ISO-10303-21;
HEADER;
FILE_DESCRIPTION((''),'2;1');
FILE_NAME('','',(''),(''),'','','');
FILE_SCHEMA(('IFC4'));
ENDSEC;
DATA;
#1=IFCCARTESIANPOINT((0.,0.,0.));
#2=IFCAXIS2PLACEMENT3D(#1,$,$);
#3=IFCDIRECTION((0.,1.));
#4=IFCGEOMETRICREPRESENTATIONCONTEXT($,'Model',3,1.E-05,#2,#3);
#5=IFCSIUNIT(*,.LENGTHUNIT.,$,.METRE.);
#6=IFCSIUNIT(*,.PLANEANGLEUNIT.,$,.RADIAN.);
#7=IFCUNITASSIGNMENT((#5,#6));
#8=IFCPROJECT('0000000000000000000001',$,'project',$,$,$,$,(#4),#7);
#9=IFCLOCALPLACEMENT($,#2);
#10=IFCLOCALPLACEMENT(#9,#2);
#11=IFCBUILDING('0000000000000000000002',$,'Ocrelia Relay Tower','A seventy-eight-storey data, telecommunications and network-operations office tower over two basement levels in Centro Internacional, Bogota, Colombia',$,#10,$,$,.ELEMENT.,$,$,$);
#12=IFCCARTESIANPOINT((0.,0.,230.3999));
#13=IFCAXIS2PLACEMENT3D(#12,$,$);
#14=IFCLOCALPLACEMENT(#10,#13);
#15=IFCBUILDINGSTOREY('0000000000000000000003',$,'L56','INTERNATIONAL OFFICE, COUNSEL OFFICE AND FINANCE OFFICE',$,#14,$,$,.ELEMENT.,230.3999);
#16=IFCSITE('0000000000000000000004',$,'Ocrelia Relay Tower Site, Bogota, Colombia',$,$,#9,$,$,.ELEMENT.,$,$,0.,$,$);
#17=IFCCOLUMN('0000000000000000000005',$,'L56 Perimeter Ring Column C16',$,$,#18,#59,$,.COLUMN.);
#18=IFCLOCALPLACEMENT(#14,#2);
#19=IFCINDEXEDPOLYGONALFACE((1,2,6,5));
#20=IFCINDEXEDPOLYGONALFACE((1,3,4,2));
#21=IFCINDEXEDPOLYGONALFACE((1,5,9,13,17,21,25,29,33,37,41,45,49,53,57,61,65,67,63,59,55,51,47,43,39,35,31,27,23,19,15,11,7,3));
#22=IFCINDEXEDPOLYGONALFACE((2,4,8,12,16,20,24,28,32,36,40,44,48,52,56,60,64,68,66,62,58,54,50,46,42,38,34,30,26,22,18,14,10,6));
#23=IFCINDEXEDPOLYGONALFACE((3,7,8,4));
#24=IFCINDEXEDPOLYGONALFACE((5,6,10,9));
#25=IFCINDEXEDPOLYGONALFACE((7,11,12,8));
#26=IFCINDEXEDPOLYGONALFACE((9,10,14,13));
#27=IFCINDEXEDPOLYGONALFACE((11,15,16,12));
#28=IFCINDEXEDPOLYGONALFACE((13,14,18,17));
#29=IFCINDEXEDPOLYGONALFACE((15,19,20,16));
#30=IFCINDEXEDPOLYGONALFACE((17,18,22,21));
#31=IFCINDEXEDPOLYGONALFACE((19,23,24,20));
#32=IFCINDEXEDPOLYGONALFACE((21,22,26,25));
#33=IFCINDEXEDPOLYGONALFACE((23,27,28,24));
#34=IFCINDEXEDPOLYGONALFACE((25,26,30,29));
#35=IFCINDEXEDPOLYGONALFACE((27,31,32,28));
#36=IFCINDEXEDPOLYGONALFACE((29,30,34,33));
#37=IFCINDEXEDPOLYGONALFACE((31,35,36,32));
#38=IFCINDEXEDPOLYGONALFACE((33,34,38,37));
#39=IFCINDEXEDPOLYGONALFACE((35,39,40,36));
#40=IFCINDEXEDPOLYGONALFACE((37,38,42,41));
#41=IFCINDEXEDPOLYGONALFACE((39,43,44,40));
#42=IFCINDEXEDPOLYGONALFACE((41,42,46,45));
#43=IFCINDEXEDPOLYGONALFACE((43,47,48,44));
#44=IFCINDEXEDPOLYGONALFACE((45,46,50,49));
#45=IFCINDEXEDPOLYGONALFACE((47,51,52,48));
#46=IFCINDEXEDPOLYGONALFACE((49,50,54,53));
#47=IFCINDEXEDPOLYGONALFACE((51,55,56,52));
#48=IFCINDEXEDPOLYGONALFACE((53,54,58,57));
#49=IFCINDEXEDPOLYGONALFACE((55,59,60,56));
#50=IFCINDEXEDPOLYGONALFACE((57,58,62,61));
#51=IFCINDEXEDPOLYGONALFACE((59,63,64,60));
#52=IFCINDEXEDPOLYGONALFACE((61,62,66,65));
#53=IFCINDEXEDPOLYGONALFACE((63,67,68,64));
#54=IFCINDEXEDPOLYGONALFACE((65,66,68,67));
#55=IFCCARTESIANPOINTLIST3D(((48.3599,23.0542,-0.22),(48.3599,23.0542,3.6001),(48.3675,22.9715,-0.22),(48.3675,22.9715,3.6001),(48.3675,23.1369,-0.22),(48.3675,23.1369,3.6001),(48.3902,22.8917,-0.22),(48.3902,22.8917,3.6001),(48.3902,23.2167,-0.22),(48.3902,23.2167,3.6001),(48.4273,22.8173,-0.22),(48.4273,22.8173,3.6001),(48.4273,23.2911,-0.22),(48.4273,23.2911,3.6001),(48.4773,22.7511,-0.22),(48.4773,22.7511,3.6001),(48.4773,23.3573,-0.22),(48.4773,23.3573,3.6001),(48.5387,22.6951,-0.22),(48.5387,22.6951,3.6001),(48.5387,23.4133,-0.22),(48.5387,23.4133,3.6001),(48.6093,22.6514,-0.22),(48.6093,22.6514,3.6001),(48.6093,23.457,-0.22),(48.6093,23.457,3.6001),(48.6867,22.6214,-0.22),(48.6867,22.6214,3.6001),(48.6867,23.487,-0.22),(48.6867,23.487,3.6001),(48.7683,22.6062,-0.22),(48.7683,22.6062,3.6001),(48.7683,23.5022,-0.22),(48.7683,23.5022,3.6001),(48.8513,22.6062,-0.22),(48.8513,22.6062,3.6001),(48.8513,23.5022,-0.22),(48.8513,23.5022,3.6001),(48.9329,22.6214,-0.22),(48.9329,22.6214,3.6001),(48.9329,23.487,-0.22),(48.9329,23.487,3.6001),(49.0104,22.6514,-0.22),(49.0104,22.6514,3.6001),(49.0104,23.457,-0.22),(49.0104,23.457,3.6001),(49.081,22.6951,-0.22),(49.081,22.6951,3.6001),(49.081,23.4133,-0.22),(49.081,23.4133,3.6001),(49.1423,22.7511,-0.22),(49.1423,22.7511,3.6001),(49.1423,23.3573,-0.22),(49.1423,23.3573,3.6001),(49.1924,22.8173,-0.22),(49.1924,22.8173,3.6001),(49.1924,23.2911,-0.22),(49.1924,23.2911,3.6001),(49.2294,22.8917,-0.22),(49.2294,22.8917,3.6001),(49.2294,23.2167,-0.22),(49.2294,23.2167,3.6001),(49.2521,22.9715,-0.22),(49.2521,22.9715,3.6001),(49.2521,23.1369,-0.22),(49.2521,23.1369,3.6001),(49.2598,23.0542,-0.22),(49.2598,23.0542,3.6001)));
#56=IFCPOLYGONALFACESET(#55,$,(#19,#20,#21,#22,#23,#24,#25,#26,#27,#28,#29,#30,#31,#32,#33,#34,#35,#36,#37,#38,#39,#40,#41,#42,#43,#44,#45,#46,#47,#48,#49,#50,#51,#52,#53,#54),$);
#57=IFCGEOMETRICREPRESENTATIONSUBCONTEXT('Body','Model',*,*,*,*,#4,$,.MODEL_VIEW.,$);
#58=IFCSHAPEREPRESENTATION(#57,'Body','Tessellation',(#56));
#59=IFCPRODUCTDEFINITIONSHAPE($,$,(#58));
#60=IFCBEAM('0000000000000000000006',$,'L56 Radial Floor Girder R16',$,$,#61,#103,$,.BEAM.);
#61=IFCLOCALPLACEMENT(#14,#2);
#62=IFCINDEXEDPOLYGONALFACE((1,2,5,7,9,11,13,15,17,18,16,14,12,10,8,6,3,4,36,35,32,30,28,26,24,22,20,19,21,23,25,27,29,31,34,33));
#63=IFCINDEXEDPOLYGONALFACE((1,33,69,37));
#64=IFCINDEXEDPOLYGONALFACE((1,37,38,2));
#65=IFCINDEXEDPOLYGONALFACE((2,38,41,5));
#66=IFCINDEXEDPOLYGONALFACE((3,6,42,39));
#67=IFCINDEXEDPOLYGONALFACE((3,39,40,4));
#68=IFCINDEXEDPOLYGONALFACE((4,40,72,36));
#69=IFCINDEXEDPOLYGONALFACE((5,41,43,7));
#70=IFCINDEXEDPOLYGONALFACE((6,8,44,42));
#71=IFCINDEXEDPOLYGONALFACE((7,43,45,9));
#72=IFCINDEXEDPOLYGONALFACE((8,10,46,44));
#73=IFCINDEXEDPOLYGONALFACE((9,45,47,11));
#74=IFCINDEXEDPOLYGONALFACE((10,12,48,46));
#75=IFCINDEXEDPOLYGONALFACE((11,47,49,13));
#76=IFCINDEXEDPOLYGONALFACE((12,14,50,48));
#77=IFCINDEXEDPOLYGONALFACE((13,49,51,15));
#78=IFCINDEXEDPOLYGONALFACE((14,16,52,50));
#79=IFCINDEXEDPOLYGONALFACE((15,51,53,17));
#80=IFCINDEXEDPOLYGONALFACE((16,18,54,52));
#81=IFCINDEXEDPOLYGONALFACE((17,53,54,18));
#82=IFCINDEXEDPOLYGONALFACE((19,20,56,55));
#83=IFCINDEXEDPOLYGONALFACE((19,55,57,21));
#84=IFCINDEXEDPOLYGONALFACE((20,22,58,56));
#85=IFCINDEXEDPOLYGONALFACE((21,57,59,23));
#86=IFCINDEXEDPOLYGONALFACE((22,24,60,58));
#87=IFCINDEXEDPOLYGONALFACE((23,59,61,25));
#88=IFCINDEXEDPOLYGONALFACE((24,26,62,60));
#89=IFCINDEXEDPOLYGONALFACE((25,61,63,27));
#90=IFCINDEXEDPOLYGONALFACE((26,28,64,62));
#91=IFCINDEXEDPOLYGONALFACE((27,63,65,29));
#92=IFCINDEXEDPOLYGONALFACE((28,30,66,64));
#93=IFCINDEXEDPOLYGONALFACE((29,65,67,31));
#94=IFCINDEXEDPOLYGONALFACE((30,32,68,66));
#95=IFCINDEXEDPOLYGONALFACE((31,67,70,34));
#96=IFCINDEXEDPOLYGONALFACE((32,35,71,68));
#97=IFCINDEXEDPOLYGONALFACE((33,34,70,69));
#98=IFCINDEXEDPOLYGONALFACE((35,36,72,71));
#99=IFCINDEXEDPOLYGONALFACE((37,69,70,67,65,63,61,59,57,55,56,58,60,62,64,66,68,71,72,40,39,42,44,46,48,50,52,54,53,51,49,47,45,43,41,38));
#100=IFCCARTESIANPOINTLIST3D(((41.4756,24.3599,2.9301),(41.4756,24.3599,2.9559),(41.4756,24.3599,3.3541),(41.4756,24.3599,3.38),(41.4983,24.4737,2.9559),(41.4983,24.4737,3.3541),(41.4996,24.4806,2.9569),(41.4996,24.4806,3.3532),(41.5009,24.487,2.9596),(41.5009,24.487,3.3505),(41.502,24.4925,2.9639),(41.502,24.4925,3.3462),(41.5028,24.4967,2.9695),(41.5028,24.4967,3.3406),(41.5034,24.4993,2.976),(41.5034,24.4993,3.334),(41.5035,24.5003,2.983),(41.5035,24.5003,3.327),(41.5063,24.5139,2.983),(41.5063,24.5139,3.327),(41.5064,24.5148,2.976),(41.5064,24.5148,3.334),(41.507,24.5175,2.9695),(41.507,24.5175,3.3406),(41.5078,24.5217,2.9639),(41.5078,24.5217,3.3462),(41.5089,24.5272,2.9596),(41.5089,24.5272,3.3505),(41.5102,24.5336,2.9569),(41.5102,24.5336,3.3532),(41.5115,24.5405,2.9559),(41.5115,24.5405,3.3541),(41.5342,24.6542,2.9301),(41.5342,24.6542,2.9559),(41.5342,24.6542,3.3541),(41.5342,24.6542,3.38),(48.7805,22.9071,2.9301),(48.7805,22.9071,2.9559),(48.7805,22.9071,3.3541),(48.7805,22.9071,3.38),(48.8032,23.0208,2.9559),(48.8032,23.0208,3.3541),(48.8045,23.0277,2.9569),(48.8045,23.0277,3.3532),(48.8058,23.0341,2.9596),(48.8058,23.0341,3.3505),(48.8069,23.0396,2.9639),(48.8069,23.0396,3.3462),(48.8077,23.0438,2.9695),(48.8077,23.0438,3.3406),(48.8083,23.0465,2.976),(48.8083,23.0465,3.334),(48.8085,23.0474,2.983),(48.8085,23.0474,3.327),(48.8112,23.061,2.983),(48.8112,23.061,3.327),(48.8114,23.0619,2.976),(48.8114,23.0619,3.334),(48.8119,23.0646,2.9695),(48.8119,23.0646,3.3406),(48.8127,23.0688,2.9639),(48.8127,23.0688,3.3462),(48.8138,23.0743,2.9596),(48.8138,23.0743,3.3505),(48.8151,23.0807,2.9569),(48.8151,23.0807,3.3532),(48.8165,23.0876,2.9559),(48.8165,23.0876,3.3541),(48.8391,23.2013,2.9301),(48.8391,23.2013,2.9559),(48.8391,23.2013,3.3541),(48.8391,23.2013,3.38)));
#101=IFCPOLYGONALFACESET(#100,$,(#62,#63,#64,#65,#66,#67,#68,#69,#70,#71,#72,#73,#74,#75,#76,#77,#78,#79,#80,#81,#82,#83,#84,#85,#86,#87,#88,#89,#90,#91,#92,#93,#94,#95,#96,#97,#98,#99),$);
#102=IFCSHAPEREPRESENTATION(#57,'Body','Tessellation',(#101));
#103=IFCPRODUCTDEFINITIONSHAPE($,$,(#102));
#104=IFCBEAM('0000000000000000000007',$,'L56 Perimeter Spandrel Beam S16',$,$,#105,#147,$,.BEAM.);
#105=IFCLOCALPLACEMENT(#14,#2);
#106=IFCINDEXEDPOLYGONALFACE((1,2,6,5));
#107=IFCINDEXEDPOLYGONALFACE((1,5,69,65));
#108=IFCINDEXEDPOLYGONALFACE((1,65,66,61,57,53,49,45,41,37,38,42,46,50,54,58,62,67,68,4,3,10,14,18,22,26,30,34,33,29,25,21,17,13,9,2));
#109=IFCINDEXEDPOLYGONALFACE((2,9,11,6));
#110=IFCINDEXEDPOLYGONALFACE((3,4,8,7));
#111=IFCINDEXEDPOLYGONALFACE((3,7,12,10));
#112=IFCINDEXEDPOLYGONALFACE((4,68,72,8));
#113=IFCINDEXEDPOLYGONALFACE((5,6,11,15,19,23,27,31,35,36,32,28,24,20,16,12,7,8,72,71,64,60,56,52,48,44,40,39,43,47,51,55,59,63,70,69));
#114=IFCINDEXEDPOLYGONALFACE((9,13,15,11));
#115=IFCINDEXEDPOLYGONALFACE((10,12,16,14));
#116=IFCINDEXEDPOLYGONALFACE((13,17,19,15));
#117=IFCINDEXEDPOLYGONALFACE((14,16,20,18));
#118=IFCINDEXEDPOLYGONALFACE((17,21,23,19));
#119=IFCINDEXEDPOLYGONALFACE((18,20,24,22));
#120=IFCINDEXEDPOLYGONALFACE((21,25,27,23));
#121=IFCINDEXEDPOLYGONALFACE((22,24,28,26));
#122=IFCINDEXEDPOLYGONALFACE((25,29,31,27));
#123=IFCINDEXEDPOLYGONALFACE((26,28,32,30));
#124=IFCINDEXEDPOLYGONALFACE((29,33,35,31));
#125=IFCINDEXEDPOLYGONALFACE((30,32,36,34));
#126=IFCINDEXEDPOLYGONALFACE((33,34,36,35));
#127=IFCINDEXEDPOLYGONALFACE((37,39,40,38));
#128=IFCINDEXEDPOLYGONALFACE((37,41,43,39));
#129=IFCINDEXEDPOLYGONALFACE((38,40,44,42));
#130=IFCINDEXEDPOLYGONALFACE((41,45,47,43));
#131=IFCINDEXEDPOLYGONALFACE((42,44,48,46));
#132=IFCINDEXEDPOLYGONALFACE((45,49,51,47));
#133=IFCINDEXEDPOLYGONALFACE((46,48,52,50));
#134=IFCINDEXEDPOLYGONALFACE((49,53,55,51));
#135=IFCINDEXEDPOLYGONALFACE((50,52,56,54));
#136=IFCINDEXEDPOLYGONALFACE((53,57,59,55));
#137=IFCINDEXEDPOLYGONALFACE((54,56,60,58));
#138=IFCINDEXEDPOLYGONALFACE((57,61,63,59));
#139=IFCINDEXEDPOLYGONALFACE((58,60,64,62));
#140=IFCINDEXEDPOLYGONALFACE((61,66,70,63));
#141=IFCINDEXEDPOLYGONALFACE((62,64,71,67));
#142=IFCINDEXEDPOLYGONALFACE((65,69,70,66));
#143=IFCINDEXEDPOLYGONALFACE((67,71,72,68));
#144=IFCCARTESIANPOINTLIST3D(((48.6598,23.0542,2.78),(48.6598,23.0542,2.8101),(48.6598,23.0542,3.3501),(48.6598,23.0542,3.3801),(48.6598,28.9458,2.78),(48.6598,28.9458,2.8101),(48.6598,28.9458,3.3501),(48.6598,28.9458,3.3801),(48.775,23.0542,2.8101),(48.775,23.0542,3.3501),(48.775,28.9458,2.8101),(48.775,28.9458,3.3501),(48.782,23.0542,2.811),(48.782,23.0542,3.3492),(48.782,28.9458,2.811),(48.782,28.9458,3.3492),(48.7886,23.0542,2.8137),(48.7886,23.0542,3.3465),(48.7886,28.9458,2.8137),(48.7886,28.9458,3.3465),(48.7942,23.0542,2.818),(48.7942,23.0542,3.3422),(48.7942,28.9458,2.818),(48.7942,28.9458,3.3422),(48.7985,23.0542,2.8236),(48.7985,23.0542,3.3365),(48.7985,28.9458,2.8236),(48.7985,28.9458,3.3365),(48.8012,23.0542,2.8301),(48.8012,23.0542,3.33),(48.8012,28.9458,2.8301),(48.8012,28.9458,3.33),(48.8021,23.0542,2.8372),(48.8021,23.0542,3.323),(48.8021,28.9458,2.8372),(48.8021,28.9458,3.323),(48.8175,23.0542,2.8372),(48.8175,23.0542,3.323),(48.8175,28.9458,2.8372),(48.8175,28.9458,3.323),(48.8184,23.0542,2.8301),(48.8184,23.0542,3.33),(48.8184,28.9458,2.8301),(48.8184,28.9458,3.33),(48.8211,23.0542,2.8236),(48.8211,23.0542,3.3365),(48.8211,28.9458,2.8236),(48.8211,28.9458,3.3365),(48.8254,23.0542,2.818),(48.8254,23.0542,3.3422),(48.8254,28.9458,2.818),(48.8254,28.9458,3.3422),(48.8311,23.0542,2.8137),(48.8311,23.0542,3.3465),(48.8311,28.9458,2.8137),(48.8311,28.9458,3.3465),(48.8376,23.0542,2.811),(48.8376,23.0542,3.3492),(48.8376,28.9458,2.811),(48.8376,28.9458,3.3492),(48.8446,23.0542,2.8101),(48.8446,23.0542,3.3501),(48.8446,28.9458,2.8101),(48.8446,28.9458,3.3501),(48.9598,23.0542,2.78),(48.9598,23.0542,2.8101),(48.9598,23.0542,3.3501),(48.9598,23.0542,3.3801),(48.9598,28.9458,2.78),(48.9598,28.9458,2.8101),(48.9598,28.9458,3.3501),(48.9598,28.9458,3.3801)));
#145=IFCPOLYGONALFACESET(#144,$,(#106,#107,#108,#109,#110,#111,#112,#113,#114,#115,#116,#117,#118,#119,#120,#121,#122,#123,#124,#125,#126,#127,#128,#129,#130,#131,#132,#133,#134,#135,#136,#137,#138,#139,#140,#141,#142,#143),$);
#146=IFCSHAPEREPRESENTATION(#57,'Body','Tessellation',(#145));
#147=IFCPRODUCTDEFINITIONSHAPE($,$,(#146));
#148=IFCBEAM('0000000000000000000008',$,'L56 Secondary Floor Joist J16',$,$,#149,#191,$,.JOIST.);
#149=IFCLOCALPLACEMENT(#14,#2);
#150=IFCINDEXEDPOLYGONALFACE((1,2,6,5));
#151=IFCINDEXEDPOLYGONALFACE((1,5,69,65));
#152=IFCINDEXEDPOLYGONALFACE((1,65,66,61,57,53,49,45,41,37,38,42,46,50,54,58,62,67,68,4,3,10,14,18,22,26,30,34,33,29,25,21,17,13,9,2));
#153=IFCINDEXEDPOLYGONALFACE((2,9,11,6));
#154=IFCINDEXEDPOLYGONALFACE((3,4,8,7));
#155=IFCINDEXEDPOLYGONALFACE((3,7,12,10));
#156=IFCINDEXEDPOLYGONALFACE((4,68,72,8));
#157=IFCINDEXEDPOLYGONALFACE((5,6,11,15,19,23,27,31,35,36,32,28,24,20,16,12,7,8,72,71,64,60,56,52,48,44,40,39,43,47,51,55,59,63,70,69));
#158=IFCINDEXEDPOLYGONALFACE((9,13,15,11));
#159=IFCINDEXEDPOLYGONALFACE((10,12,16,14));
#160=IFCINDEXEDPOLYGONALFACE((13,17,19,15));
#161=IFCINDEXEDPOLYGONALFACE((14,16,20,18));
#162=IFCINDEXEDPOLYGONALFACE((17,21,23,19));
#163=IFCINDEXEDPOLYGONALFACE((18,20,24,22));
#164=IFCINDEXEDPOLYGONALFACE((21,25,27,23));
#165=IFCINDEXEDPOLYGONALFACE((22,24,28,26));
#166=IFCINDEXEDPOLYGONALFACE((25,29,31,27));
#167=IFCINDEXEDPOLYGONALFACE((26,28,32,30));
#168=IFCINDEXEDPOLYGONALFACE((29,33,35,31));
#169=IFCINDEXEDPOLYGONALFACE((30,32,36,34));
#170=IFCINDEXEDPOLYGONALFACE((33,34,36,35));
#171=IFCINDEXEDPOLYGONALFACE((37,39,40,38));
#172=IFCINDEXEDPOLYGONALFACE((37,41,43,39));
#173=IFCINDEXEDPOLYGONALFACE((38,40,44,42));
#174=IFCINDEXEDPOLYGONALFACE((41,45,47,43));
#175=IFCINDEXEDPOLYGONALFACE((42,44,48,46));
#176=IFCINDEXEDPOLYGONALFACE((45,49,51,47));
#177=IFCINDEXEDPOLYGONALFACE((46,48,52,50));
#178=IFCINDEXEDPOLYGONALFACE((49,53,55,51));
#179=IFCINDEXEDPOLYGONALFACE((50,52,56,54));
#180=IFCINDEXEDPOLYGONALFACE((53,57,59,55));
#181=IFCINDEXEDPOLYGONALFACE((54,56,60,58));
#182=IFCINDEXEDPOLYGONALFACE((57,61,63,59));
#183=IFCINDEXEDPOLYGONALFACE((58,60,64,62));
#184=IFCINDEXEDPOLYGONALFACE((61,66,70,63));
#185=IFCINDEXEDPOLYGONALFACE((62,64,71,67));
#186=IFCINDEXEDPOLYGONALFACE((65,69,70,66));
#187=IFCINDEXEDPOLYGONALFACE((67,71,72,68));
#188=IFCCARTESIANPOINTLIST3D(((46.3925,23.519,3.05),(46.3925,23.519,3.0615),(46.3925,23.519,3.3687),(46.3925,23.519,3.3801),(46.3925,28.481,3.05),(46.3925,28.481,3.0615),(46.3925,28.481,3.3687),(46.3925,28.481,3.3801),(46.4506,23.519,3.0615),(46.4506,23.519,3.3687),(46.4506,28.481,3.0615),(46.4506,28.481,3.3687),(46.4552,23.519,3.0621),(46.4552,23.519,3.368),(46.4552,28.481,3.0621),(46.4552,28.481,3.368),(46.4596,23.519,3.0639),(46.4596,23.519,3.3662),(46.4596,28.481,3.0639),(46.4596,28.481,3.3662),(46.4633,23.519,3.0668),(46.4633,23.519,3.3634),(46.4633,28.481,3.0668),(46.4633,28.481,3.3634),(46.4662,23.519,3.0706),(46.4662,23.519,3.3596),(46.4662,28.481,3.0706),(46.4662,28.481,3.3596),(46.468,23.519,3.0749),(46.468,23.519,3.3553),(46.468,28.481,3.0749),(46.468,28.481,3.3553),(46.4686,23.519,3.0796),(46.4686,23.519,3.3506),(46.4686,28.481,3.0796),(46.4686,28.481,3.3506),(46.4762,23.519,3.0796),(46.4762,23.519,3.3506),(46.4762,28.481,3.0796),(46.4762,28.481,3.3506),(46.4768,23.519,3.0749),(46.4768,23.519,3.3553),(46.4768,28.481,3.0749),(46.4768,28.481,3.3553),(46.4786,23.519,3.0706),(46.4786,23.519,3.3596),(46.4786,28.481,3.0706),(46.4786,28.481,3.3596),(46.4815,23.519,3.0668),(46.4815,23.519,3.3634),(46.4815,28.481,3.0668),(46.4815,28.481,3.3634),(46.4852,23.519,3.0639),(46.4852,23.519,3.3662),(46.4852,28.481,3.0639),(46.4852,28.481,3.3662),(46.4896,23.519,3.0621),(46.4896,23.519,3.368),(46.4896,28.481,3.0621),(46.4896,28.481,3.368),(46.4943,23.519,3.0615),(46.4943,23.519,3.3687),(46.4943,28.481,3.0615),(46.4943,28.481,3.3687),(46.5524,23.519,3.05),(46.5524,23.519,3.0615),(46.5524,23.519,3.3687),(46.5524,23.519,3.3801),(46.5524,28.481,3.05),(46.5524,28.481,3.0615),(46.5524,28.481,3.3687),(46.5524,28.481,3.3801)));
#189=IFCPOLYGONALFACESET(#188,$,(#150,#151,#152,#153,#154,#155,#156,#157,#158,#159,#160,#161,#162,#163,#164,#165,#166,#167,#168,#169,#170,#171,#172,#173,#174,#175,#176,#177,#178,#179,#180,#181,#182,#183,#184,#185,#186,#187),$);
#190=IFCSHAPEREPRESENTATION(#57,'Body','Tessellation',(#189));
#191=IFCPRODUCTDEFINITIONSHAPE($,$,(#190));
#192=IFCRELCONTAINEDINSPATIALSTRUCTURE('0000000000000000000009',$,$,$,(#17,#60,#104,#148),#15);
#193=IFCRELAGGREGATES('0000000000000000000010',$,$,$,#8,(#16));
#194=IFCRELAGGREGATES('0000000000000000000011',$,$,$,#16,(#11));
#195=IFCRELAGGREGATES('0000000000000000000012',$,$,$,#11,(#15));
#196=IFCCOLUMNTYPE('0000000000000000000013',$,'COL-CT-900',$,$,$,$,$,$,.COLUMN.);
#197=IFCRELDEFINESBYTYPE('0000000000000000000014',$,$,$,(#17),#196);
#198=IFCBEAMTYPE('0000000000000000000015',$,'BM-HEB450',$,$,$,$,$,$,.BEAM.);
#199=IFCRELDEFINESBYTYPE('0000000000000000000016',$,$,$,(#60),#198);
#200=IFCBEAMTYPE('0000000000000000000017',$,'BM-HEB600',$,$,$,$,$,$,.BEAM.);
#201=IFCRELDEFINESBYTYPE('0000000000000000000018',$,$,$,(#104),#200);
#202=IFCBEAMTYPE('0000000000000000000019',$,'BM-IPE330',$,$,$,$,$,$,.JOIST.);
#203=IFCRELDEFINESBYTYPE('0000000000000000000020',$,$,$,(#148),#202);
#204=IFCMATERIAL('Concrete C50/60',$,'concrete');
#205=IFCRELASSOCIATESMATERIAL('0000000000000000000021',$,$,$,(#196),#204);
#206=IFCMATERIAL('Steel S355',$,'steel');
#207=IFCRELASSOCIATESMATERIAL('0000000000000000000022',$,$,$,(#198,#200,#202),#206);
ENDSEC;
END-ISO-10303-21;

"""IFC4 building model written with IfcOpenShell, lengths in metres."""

from ifc_helpers import new_model, si_unit, direction, frame, origin, origin_2d, place, context, subcontext, project, spatial, circle, i_section, extrude, material, material_profile, profile_set, type_object, element, save


model = new_model("IFC4")

# Units and contexts
model_context = context("Model", 3, precision=1e-05, world=origin(), true_north=direction((0.0, 1.0)))
body_context = subcontext(model_context, "Body", "Model", "MODEL_VIEW")
ifc_project = project(units=[si_unit("LENGTHUNIT", "METRE"), si_unit("PLANEANGLEUNIT", "RADIAN")], contexts=[model_context])

# Site, building, storey
site_placement = place(None, origin())
site = spatial("IfcSite", under=ifc_project, at=site_placement, Name="Ocrelia Relay Tower Site, Bogota, Colombia", CompositionType="ELEMENT", RefElevation=0.0)
building_placement = place(site_placement, origin())
building = spatial("IfcBuilding", under=site, at=building_placement, Name="Ocrelia Relay Tower", Description="A seventy-eight-storey data, telecommunications and network-operations office tower over two basement levels in Centro Internacional, Bogota, Colombia", CompositionType="ELEMENT")
storey_placement = place(building_placement, frame((0.0, 0.0, 230.3999)))
storey = spatial("IfcBuildingStorey", under=building, at=storey_placement, Name="L56", Description="INTERNATIONAL OFFICE, COUNSEL OFFICE AND FINANCE OFFICE", CompositionType="ELEMENT", Elevation=230.3999)

# Column
ifc_material_1 = material(Name="Concrete C50/60", Category="concrete")
ifc_material_profile_1 = material_profile(ifc_material_1, circle(Radius=0.45, at=origin_2d()), Name="RC-CIR-900")
ifc_profile_set_1 = profile_set([ifc_material_profile_1], Name="Concrete C50/60")
column_type = type_object("IfcColumnType", Name="COL-CT-900", PredefinedType="COLUMN", material=ifc_profile_set_1)
column_placement = place(storey_placement, frame((48.8098, 23.0542, -0.22), z_axis=(0.0, 0.0, 1.0), x_axis=(1.0, 0.0, 0.0)))
element("IfcColumn", 1, at=column_placement, inside=storey, type_object=column_type, Name="L56 Perimeter Ring Column C16", PredefinedType="COLUMN", context=body_context, shape_type="SweptSolid", body=[
    extrude(circle(Radius=0.45, at=origin_2d()), origin(), (0.0, 0.0, 1.0), 3.8201),
])

# Beams
ifc_material_2 = material(Name="Steel S355", Category="steel")
ifc_material_profile_2 = material_profile(ifc_material_2, i_section(OverallWidth=0.3, OverallDepth=0.45, WebThickness=0.0139, FlangeThickness=0.0259, FilletRadius=0.0271, at=origin_2d()), Name="HEB 450")
ifc_profile_set_2 = profile_set([ifc_material_profile_2], Name="Steel S355")
beam_type_1 = type_object("IfcBeamType", Name="BM-HEB450", PredefinedType="BEAM", material=ifc_profile_set_2)
beam_1_placement = place(storey_placement, frame((48.8098, 23.0542, 3.155), z_axis=(-0.980789, 0.19507, 0.0), x_axis=(-0.19507, -0.980789, 0.0)))
element("IfcBeam", 2, at=beam_1_placement, inside=storey, type_object=beam_type_1, Name="L56 Radial Floor Girder R16", PredefinedType="BEAM", context=body_context, shape_type="SweptSolid", body=[
    extrude(i_section(OverallWidth=0.3, OverallDepth=0.45, WebThickness=0.0139, FlangeThickness=0.0259, FilletRadius=0.0271, at=origin_2d()), origin(), (0.0, 0.0, 1.0), 7.448),
])
ifc_material_profile_3 = material_profile(ifc_material_2, i_section(OverallWidth=0.3, OverallDepth=0.6001, WebThickness=0.0154, FlangeThickness=0.03, FilletRadius=0.0271, at=origin_2d()), Name="HEB 600")
ifc_profile_set_3 = profile_set([ifc_material_profile_3], Name="Steel S355")
beam_type_2 = type_object("IfcBeamType", Name="BM-HEB600", PredefinedType="BEAM", material=ifc_profile_set_3)
beam_2_placement = place(storey_placement, frame((48.8098, 23.0542, 3.0801), z_axis=(0.0, 1.0, 0.0), x_axis=(-1.0, 0.0, 0.0)))
element("IfcBeam", 3, at=beam_2_placement, inside=storey, type_object=beam_type_2, Name="L56 Perimeter Spandrel Beam S16", PredefinedType="BEAM", context=body_context, shape_type="SweptSolid", body=[
    extrude(i_section(OverallWidth=0.3, OverallDepth=0.6001, WebThickness=0.0154, FlangeThickness=0.03, FilletRadius=0.0271, at=origin_2d()), origin(), (0.0, 0.0, 1.0), 5.8916),
])
ifc_material_profile_4 = material_profile(ifc_material_2, i_section(OverallWidth=0.1599, OverallDepth=0.3301, WebThickness=0.0076, FlangeThickness=0.0115, FilletRadius=0.0181, at=origin_2d()), Name="IPE 330")
ifc_profile_set_4 = profile_set([ifc_material_profile_4], Name="Steel S355")
beam_type_3 = type_object("IfcBeamType", Name="BM-IPE330", PredefinedType="JOIST", material=ifc_profile_set_4)
beam_3_placement = place(storey_placement, frame((46.4724, 23.519, 3.2151), z_axis=(0.0, 1.0, 0.0), x_axis=(-1.0, 0.0, 0.0)))
element("IfcBeam", 4, at=beam_3_placement, inside=storey, type_object=beam_type_3, Name="L56 Secondary Floor Joist J16", PredefinedType="JOIST", context=body_context, shape_type="SweptSolid", body=[
    extrude(i_section(OverallWidth=0.1599, OverallDepth=0.3301, WebThickness=0.0076, FlangeThickness=0.0115, FilletRadius=0.0181, at=origin_2d()), origin(), (0.0, 0.0, 1.0), 4.9619),
])

save(model, "model.ifc")
